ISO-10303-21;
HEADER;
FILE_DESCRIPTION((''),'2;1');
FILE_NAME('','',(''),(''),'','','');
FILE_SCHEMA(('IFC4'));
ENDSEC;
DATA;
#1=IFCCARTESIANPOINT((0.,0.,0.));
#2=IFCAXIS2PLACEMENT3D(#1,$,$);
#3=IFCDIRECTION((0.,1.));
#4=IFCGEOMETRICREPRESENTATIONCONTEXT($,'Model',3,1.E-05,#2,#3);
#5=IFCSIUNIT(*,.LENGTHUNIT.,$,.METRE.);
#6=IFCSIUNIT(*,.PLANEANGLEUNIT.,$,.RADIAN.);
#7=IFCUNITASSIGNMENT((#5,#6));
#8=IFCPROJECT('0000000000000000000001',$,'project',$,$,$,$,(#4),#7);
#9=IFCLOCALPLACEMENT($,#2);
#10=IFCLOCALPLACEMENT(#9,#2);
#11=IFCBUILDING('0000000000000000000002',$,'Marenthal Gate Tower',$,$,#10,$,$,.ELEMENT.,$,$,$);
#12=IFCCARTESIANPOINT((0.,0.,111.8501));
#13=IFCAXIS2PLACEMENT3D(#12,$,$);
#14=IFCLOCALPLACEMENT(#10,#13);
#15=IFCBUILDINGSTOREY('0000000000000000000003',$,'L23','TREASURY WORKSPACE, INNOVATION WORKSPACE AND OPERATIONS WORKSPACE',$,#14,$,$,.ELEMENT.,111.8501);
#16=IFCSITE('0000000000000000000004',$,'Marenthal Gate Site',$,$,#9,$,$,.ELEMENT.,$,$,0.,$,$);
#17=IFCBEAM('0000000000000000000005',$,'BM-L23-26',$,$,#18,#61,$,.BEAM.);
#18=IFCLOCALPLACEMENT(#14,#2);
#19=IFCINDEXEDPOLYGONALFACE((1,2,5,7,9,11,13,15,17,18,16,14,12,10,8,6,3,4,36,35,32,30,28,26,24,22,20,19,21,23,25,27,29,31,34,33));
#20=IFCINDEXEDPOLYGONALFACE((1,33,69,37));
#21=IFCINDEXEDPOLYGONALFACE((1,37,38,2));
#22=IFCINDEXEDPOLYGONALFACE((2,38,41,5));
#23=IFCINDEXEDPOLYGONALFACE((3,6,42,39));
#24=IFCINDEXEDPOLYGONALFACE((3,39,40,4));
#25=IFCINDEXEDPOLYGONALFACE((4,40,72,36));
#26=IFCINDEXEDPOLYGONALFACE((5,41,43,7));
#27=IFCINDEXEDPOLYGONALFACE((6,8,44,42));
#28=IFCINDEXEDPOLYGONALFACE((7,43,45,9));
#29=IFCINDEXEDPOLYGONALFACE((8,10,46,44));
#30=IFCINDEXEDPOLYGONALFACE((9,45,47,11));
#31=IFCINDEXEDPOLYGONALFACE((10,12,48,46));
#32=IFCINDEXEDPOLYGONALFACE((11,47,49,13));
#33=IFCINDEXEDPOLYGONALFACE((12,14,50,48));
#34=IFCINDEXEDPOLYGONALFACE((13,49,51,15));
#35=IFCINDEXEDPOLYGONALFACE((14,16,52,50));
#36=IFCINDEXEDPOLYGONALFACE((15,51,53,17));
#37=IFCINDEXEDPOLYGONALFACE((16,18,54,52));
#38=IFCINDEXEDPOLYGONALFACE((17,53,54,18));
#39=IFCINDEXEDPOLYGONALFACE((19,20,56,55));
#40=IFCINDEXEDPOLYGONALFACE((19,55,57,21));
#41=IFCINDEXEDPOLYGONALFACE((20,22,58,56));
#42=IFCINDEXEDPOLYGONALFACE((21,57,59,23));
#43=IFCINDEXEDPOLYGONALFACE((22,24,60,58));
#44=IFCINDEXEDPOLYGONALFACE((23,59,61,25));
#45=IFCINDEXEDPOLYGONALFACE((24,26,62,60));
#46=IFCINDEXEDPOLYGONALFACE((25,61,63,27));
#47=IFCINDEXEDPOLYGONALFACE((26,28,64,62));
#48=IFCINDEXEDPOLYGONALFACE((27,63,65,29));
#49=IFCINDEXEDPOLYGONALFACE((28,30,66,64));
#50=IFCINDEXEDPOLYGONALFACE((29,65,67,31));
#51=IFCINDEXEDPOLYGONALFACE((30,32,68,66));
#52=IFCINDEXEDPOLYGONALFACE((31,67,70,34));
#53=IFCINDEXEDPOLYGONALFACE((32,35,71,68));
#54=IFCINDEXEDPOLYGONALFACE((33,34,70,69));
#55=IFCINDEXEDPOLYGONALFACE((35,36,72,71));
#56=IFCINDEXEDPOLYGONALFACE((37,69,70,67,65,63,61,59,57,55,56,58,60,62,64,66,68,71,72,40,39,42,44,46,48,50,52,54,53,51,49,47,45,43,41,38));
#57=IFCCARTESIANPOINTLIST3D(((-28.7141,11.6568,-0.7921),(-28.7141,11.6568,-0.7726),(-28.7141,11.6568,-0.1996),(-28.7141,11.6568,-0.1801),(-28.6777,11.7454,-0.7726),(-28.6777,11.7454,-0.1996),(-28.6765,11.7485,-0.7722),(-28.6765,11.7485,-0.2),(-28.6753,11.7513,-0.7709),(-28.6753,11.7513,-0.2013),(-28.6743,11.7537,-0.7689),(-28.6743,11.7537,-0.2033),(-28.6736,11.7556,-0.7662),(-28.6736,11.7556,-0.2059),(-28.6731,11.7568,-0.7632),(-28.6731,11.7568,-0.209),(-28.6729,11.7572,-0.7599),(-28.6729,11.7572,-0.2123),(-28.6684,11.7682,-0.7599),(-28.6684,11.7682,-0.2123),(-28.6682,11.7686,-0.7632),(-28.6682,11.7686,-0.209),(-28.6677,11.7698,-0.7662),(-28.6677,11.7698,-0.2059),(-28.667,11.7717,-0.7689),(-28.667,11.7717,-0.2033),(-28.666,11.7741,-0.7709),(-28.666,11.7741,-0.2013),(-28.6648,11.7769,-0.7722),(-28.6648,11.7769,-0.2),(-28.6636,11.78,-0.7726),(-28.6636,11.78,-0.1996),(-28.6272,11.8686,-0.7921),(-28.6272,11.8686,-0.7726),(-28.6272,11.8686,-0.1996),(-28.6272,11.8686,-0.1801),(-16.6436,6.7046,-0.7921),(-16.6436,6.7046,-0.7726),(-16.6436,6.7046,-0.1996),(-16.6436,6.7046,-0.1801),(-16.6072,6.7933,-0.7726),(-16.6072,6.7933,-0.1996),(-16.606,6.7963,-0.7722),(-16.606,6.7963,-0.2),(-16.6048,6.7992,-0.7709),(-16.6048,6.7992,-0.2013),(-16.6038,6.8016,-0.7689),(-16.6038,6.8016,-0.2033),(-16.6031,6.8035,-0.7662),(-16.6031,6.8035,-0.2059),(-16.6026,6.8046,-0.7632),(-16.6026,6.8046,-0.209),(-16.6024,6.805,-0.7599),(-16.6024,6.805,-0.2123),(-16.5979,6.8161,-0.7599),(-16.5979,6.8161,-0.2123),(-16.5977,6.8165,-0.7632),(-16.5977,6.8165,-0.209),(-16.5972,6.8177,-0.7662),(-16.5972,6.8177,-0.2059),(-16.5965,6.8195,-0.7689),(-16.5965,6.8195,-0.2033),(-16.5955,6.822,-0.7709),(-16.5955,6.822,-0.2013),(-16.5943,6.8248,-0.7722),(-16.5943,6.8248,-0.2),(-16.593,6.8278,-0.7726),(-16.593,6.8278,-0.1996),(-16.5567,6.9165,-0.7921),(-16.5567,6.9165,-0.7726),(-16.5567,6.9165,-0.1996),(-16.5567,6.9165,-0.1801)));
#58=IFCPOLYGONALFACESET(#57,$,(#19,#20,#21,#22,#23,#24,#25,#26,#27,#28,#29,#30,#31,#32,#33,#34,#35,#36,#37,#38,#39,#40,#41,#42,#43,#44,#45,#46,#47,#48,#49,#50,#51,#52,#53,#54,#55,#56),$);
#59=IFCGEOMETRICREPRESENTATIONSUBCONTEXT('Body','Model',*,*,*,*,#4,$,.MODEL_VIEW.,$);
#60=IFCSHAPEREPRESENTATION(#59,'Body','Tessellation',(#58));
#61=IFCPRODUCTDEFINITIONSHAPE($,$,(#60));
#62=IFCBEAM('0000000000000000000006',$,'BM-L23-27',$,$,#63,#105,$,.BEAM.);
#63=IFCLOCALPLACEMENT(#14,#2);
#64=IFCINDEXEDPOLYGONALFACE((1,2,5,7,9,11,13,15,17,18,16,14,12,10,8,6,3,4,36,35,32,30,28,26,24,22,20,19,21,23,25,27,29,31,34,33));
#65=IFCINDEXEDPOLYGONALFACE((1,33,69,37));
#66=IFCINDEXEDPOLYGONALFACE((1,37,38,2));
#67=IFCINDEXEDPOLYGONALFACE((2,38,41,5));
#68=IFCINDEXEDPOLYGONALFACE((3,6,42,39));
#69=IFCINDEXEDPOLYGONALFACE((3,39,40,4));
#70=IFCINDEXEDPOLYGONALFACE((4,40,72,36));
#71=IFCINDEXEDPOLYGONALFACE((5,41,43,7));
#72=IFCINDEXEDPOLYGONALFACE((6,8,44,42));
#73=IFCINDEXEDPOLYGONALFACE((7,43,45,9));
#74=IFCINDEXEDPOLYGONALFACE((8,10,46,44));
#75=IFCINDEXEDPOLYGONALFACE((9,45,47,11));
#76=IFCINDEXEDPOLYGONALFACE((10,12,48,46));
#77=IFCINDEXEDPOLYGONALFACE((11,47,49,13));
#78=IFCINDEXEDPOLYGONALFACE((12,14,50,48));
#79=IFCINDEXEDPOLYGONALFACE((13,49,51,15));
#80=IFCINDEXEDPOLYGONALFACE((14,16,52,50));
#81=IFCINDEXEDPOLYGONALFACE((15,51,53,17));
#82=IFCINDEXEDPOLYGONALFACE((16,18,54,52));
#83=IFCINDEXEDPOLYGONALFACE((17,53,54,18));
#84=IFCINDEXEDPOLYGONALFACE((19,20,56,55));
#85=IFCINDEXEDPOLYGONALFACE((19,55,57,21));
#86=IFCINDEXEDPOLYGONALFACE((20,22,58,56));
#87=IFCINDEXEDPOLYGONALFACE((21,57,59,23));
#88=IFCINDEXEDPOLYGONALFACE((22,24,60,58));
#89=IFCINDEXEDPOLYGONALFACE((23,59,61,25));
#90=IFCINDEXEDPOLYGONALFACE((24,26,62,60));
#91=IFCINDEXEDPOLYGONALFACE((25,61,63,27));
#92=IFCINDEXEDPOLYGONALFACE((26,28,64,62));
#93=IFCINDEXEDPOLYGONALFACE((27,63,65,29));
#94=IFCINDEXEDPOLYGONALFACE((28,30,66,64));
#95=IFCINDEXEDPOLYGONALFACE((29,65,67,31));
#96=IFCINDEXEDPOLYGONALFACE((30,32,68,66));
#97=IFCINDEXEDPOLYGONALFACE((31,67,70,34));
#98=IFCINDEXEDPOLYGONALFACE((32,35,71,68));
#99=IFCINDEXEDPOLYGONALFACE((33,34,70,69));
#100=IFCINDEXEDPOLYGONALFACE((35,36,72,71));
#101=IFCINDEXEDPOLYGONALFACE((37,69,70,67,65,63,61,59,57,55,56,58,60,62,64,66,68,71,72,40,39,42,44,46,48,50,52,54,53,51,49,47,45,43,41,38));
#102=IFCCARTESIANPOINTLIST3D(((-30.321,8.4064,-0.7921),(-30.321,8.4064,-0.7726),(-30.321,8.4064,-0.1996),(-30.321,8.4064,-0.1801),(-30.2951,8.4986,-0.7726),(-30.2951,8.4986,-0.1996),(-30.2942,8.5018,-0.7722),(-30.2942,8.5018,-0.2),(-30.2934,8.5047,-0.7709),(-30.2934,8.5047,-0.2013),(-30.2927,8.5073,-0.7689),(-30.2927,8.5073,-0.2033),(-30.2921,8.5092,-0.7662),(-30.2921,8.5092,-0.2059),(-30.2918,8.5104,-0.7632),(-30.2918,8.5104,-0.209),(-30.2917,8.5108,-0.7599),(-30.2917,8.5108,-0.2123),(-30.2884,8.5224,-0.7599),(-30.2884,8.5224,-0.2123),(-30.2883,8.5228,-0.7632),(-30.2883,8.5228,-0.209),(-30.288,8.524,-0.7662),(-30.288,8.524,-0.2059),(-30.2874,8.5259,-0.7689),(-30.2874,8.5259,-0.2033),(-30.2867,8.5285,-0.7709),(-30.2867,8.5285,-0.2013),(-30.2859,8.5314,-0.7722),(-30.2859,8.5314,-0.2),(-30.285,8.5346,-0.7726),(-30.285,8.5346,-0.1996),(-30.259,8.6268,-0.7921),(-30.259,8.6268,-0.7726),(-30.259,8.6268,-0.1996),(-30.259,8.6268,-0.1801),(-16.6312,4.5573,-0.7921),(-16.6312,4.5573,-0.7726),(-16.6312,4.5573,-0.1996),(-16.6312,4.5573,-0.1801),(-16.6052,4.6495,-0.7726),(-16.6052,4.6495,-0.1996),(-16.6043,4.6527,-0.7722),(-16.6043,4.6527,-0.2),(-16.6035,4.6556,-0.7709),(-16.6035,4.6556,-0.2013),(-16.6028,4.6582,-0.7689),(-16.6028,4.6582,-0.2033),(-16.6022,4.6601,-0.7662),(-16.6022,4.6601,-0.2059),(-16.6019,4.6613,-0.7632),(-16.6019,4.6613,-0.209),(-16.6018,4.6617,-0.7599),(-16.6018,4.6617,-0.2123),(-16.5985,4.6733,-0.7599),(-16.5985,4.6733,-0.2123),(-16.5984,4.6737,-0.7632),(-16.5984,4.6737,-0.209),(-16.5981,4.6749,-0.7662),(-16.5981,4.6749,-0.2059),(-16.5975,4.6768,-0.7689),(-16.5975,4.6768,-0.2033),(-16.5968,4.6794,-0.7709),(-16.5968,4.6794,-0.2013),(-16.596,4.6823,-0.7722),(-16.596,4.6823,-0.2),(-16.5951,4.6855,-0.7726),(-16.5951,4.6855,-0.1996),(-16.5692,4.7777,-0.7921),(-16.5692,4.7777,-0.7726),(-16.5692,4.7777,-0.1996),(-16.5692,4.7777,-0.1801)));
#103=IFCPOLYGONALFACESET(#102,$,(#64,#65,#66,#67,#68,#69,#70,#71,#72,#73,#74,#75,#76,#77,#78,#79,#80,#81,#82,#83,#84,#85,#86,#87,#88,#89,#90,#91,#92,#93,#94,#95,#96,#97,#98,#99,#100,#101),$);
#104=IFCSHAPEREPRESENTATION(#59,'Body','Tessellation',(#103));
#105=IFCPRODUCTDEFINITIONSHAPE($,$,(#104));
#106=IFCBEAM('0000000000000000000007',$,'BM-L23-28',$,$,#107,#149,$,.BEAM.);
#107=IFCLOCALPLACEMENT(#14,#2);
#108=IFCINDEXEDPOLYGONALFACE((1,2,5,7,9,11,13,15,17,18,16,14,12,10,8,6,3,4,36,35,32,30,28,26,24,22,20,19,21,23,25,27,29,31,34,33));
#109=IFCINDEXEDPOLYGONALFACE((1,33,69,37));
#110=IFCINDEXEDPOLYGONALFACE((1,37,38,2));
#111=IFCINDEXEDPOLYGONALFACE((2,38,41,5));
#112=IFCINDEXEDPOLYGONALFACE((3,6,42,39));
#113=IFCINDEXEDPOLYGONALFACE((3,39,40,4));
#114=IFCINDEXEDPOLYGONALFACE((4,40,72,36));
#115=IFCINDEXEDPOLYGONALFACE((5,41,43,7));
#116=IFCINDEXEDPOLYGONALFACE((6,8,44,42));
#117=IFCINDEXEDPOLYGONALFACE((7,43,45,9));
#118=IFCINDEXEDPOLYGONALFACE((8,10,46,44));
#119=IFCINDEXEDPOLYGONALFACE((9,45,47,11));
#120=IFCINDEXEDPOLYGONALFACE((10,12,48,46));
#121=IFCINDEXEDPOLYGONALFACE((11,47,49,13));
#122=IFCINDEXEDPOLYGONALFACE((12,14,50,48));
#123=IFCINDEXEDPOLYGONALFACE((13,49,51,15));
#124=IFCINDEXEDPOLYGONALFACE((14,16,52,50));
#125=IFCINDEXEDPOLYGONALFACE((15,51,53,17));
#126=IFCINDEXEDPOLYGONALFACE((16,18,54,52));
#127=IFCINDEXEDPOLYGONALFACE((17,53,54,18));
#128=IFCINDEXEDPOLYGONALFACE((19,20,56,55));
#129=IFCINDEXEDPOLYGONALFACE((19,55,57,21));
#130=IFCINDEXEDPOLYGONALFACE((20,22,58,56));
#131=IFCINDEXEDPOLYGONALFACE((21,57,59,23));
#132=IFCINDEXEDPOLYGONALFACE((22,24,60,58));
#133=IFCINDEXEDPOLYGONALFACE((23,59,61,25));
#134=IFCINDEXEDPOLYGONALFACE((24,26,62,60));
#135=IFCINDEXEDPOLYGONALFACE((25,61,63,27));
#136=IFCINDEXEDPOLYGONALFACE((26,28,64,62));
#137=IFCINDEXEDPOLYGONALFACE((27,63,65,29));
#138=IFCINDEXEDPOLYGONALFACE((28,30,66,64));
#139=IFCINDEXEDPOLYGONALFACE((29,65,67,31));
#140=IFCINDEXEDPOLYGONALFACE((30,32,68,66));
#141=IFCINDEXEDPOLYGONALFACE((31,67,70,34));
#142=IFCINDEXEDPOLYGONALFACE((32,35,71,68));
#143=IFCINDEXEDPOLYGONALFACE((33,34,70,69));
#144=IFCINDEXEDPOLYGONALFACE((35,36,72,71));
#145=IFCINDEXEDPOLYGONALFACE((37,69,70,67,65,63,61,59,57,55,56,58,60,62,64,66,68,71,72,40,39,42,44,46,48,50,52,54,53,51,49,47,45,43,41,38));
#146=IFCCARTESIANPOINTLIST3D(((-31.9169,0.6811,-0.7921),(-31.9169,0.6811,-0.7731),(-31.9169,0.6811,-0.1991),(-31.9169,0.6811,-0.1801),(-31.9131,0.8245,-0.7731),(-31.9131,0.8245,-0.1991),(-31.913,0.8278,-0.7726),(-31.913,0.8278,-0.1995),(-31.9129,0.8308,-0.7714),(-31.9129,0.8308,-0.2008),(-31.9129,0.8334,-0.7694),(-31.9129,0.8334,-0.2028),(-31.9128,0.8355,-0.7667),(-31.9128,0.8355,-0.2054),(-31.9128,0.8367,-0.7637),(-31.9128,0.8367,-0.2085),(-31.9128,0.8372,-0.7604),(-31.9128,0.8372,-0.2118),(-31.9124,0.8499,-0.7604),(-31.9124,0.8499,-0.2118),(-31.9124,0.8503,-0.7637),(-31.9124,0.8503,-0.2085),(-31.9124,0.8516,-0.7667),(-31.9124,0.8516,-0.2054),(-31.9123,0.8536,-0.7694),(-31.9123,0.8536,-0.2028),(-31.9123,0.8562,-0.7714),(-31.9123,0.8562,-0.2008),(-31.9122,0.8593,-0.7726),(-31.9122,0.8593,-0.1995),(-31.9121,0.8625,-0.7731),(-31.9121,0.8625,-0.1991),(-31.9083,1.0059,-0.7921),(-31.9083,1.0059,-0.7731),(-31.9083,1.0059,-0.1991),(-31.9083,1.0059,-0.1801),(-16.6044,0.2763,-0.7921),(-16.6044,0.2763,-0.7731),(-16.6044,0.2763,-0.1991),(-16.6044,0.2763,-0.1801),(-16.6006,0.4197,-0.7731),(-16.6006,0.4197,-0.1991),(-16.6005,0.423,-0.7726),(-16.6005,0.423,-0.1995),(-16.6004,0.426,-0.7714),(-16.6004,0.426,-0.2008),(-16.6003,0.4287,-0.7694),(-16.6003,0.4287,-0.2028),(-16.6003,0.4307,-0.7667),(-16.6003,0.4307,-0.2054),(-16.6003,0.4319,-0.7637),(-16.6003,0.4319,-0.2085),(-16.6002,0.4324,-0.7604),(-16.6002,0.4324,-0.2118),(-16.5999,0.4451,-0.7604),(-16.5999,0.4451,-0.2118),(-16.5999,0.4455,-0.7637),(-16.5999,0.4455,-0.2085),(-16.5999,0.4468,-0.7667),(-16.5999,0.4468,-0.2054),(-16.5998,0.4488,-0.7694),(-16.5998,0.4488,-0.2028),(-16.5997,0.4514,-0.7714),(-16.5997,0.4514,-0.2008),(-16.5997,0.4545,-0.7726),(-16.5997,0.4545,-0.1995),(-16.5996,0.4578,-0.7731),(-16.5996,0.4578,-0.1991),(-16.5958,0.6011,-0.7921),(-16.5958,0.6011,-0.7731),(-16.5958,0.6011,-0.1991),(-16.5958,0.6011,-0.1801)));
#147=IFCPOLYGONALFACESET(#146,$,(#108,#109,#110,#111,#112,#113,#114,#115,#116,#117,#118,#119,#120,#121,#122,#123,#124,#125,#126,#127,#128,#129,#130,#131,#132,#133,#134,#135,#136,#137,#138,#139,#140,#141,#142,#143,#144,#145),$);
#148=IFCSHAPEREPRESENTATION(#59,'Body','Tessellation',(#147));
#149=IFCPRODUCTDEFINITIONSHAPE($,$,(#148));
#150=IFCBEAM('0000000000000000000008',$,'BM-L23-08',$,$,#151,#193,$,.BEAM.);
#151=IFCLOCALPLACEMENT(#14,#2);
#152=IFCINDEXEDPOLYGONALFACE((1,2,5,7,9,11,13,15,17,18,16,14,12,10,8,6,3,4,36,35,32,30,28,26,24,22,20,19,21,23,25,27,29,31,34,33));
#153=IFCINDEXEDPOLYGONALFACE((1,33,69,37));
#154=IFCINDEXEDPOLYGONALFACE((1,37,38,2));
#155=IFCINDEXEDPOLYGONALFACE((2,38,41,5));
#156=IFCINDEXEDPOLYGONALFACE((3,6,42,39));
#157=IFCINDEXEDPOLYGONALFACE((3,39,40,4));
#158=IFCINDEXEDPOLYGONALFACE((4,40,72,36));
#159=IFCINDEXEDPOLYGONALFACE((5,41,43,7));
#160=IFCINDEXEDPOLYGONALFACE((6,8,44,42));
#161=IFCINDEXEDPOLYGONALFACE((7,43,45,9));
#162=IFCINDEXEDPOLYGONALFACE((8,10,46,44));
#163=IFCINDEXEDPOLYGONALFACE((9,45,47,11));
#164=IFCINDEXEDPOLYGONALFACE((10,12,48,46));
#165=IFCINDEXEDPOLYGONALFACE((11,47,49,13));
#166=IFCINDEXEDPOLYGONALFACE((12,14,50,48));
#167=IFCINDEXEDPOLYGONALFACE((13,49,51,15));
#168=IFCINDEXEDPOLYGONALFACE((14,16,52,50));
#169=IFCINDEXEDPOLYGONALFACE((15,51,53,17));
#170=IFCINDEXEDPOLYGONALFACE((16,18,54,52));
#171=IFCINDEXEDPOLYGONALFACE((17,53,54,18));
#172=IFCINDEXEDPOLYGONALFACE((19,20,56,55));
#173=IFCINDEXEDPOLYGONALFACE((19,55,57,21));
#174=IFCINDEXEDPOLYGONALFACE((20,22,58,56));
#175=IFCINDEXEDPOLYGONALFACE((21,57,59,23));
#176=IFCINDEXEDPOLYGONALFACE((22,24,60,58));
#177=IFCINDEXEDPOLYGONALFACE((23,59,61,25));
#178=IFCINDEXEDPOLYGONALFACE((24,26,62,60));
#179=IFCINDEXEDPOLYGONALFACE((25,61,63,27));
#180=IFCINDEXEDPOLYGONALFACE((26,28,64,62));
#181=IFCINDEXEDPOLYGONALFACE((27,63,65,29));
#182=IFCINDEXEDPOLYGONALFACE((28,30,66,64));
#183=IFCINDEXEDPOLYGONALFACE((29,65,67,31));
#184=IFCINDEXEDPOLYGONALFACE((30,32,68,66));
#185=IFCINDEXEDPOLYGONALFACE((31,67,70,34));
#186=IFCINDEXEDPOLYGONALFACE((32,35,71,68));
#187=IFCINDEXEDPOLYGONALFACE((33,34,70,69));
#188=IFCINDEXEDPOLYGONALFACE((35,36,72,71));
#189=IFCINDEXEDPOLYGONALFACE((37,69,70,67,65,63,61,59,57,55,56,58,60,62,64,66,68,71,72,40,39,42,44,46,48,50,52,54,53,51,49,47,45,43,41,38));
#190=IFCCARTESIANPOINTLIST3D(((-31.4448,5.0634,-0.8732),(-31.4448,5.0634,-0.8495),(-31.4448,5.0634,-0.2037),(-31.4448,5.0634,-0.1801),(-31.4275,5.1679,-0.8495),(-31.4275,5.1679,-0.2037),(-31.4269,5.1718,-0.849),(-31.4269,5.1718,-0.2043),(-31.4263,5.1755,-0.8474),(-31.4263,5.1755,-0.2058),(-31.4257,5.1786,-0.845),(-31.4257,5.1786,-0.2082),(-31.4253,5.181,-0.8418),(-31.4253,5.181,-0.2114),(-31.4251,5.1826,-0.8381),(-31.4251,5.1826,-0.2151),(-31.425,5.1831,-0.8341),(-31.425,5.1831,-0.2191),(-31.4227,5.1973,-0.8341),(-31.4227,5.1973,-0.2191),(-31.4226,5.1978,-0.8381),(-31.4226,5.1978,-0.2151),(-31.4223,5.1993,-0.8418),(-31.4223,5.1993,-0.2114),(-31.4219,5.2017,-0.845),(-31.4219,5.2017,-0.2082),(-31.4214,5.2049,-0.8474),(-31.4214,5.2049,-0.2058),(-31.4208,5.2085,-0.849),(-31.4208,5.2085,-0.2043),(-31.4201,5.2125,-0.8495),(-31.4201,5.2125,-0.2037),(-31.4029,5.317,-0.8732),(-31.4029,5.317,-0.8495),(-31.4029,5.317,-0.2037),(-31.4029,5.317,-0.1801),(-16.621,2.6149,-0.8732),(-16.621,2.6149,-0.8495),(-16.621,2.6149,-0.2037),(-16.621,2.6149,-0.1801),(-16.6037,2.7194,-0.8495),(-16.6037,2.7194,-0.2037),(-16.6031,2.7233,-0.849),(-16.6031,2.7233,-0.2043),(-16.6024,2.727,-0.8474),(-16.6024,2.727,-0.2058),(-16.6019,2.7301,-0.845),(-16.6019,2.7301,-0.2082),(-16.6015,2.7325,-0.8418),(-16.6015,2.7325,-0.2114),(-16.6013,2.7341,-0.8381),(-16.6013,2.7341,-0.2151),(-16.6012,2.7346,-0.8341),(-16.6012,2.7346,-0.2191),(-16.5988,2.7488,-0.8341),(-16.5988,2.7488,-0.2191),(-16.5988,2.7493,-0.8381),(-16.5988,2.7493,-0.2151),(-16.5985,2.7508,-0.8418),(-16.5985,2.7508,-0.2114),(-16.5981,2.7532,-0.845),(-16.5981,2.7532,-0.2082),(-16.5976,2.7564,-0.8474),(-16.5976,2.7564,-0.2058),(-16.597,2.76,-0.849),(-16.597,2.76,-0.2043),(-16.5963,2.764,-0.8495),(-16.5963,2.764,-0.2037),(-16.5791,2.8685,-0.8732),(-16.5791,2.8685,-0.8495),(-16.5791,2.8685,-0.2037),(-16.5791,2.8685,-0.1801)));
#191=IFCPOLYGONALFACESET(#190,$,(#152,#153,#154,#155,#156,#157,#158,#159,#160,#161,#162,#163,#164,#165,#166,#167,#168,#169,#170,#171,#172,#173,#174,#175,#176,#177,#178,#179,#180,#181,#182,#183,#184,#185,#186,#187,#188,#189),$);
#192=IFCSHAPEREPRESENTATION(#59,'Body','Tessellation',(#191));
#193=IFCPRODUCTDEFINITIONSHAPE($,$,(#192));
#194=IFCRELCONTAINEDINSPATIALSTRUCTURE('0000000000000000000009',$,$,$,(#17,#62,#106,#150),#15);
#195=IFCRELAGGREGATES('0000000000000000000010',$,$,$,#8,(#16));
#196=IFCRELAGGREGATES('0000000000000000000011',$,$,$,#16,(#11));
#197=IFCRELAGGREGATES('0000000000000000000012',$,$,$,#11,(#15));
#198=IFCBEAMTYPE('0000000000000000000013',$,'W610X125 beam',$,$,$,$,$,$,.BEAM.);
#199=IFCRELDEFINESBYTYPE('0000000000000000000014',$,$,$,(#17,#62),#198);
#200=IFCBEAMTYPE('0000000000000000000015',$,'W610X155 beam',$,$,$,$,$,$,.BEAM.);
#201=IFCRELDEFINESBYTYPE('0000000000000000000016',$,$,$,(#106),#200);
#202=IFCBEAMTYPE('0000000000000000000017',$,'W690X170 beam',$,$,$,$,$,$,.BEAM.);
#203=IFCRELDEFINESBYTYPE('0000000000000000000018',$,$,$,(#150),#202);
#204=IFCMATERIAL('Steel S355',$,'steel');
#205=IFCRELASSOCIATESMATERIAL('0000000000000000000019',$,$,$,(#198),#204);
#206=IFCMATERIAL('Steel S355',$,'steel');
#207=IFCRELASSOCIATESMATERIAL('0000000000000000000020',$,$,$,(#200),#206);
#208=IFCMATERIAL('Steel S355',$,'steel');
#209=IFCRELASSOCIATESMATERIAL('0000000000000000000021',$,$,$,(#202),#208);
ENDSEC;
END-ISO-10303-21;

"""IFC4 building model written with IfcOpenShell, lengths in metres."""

from ifc_helpers import new_model, si_unit, direction, frame, origin, origin_2d, place, context, subcontext, project, spatial, i_section, extrude, material, material_profile, profile_set, type_object, element, save


model = new_model("IFC4")

# Units and contexts
model_context = context("Model", 3, precision=1e-05, world=origin(), true_north=direction((0.0, 1.0)))
body_context = subcontext(model_context, "Body", "Model", "MODEL_VIEW")
ifc_project = project(units=[si_unit("LENGTHUNIT", "METRE"), si_unit("PLANEANGLEUNIT", "RADIAN")], contexts=[model_context])

# Site, building, storey
site_placement = place(None, origin())
site = spatial("IfcSite", under=ifc_project, at=site_placement, Name="Marenthal Gate Site", CompositionType="ELEMENT", RefElevation=0.0)
building_placement = place(site_placement, origin())
building = spatial("IfcBuilding", under=site, at=building_placement, Name="Marenthal Gate Tower", CompositionType="ELEMENT")
storey_placement = place(building_placement, frame((0.0, 0.0, 111.8501)))
storey = spatial("IfcBuildingStorey", under=building, at=storey_placement, Name="L23", Description="TREASURY WORKSPACE, INNOVATION WORKSPACE AND OPERATIONS WORKSPACE", CompositionType="ELEMENT", Elevation=111.8501)

# Beams
ifc_material_1 = material(Name="Steel S355", Category="steel")
ifc_material_profile_1 = material_profile(ifc_material_1, i_section(OverallWidth=0.229, OverallDepth=0.6121, WebThickness=0.012, FlangeThickness=0.0195, FilletRadius=0.0127, at=origin_2d()), Name="W610X125")
ifc_profile_set_1 = profile_set([ifc_material_profile_1], Name="Steel S355")
beam_type_1 = type_object("IfcBeamType", Name="W610X125 beam", PredefinedType="BEAM", material=ifc_profile_set_1)
beam_1_placement = place(storey_placement, frame((-28.6707, 11.7627, -0.4861), z_axis=(0.925165, -0.379565, 0.0), x_axis=(0.379565, 0.925165, 0.0)))
element("IfcBeam", 1, at=beam_1_placement, inside=storey, type_object=beam_type_1, Name="BM-L23-26", PredefinedType="BEAM", context=body_context, shape_type="SweptSolid", body=[
    extrude(i_section(OverallWidth=0.229, OverallDepth=0.6121, WebThickness=0.012, FlangeThickness=0.0195, FilletRadius=0.0127, at=origin_2d()), origin(), (0.0, 0.0, 1.0), 13.0469),
])
beam_2_placement = place(storey_placement, frame((-30.29, 8.5166, -0.4861), z_axis=(0.962672, -0.270669, 0.0), x_axis=(0.270669, 0.962672, 0.0)))
element("IfcBeam", 2, at=beam_2_placement, inside=storey, type_object=beam_type_1, Name="BM-L23-27", PredefinedType="BEAM", context=body_context, shape_type="SweptSolid", body=[
    extrude(i_section(OverallWidth=0.229, OverallDepth=0.6121, WebThickness=0.012, FlangeThickness=0.0195, FilletRadius=0.0127, at=origin_2d()), origin(), (0.0, 0.0, 1.0), 14.2207),
])
ifc_material_2 = material(Name="Steel S355", Category="steel")
ifc_material_profile_2 = material_profile(ifc_material_2, i_section(OverallWidth=0.325, OverallDepth=0.6121, WebThickness=0.0127, FlangeThickness=0.019, FilletRadius=0.0127, at=origin_2d()), Name="W610X155")
ifc_profile_set_2 = profile_set([ifc_material_profile_2], Name="Steel S355")
beam_type_2 = type_object("IfcBeamType", Name="W610X155 beam", PredefinedType="BEAM", material=ifc_profile_set_2)
beam_3_placement = place(storey_placement, frame((-31.9126, 0.8435, -0.4861), z_axis=(0.999651, -0.026426, 0.0), x_axis=(0.026426, 0.999651, 0.0)))
element("IfcBeam", 3, at=beam_3_placement, inside=storey, type_object=beam_type_2, Name="BM-L23-28", PredefinedType="BEAM", context=body_context, shape_type="SweptSolid", body=[
    extrude(i_section(OverallWidth=0.325, OverallDepth=0.6121, WebThickness=0.0127, FlangeThickness=0.019, FilletRadius=0.0127, at=origin_2d()), origin(), (0.0, 0.0, 1.0), 15.3179),
])
ifc_material_3 = material(Name="Steel S355", Category="steel")
ifc_material_profile_3 = material_profile(ifc_material_3, i_section(OverallWidth=0.2571, OverallDepth=0.6931, WebThickness=0.0144, FlangeThickness=0.0237, FilletRadius=0.0154, at=origin_2d()), Name="W690X170")
ifc_profile_set_3 = profile_set([ifc_material_profile_3], Name="Steel S355")
beam_type_3 = type_object("IfcBeamType", Name="W690X170 beam", PredefinedType="BEAM", material=ifc_profile_set_3)
beam_4_placement = place(storey_placement, frame((-31.4238, 5.1902, -0.5266), z_axis=(0.986632, -0.162965, 0.0), x_axis=(0.162965, 0.986632, 0.0)))
element("IfcBeam", 4, at=beam_4_placement, inside=storey, type_object=beam_type_3, Name="BM-L23-08", PredefinedType="BEAM", context=body_context, shape_type="SweptSolid", body=[
    extrude(i_section(OverallWidth=0.2571, OverallDepth=0.6931, WebThickness=0.0144, FlangeThickness=0.0237, FilletRadius=0.0154, at=origin_2d()), origin(), (0.0, 0.0, 1.0), 15.0247),
])

save(model, "model.ifc")
